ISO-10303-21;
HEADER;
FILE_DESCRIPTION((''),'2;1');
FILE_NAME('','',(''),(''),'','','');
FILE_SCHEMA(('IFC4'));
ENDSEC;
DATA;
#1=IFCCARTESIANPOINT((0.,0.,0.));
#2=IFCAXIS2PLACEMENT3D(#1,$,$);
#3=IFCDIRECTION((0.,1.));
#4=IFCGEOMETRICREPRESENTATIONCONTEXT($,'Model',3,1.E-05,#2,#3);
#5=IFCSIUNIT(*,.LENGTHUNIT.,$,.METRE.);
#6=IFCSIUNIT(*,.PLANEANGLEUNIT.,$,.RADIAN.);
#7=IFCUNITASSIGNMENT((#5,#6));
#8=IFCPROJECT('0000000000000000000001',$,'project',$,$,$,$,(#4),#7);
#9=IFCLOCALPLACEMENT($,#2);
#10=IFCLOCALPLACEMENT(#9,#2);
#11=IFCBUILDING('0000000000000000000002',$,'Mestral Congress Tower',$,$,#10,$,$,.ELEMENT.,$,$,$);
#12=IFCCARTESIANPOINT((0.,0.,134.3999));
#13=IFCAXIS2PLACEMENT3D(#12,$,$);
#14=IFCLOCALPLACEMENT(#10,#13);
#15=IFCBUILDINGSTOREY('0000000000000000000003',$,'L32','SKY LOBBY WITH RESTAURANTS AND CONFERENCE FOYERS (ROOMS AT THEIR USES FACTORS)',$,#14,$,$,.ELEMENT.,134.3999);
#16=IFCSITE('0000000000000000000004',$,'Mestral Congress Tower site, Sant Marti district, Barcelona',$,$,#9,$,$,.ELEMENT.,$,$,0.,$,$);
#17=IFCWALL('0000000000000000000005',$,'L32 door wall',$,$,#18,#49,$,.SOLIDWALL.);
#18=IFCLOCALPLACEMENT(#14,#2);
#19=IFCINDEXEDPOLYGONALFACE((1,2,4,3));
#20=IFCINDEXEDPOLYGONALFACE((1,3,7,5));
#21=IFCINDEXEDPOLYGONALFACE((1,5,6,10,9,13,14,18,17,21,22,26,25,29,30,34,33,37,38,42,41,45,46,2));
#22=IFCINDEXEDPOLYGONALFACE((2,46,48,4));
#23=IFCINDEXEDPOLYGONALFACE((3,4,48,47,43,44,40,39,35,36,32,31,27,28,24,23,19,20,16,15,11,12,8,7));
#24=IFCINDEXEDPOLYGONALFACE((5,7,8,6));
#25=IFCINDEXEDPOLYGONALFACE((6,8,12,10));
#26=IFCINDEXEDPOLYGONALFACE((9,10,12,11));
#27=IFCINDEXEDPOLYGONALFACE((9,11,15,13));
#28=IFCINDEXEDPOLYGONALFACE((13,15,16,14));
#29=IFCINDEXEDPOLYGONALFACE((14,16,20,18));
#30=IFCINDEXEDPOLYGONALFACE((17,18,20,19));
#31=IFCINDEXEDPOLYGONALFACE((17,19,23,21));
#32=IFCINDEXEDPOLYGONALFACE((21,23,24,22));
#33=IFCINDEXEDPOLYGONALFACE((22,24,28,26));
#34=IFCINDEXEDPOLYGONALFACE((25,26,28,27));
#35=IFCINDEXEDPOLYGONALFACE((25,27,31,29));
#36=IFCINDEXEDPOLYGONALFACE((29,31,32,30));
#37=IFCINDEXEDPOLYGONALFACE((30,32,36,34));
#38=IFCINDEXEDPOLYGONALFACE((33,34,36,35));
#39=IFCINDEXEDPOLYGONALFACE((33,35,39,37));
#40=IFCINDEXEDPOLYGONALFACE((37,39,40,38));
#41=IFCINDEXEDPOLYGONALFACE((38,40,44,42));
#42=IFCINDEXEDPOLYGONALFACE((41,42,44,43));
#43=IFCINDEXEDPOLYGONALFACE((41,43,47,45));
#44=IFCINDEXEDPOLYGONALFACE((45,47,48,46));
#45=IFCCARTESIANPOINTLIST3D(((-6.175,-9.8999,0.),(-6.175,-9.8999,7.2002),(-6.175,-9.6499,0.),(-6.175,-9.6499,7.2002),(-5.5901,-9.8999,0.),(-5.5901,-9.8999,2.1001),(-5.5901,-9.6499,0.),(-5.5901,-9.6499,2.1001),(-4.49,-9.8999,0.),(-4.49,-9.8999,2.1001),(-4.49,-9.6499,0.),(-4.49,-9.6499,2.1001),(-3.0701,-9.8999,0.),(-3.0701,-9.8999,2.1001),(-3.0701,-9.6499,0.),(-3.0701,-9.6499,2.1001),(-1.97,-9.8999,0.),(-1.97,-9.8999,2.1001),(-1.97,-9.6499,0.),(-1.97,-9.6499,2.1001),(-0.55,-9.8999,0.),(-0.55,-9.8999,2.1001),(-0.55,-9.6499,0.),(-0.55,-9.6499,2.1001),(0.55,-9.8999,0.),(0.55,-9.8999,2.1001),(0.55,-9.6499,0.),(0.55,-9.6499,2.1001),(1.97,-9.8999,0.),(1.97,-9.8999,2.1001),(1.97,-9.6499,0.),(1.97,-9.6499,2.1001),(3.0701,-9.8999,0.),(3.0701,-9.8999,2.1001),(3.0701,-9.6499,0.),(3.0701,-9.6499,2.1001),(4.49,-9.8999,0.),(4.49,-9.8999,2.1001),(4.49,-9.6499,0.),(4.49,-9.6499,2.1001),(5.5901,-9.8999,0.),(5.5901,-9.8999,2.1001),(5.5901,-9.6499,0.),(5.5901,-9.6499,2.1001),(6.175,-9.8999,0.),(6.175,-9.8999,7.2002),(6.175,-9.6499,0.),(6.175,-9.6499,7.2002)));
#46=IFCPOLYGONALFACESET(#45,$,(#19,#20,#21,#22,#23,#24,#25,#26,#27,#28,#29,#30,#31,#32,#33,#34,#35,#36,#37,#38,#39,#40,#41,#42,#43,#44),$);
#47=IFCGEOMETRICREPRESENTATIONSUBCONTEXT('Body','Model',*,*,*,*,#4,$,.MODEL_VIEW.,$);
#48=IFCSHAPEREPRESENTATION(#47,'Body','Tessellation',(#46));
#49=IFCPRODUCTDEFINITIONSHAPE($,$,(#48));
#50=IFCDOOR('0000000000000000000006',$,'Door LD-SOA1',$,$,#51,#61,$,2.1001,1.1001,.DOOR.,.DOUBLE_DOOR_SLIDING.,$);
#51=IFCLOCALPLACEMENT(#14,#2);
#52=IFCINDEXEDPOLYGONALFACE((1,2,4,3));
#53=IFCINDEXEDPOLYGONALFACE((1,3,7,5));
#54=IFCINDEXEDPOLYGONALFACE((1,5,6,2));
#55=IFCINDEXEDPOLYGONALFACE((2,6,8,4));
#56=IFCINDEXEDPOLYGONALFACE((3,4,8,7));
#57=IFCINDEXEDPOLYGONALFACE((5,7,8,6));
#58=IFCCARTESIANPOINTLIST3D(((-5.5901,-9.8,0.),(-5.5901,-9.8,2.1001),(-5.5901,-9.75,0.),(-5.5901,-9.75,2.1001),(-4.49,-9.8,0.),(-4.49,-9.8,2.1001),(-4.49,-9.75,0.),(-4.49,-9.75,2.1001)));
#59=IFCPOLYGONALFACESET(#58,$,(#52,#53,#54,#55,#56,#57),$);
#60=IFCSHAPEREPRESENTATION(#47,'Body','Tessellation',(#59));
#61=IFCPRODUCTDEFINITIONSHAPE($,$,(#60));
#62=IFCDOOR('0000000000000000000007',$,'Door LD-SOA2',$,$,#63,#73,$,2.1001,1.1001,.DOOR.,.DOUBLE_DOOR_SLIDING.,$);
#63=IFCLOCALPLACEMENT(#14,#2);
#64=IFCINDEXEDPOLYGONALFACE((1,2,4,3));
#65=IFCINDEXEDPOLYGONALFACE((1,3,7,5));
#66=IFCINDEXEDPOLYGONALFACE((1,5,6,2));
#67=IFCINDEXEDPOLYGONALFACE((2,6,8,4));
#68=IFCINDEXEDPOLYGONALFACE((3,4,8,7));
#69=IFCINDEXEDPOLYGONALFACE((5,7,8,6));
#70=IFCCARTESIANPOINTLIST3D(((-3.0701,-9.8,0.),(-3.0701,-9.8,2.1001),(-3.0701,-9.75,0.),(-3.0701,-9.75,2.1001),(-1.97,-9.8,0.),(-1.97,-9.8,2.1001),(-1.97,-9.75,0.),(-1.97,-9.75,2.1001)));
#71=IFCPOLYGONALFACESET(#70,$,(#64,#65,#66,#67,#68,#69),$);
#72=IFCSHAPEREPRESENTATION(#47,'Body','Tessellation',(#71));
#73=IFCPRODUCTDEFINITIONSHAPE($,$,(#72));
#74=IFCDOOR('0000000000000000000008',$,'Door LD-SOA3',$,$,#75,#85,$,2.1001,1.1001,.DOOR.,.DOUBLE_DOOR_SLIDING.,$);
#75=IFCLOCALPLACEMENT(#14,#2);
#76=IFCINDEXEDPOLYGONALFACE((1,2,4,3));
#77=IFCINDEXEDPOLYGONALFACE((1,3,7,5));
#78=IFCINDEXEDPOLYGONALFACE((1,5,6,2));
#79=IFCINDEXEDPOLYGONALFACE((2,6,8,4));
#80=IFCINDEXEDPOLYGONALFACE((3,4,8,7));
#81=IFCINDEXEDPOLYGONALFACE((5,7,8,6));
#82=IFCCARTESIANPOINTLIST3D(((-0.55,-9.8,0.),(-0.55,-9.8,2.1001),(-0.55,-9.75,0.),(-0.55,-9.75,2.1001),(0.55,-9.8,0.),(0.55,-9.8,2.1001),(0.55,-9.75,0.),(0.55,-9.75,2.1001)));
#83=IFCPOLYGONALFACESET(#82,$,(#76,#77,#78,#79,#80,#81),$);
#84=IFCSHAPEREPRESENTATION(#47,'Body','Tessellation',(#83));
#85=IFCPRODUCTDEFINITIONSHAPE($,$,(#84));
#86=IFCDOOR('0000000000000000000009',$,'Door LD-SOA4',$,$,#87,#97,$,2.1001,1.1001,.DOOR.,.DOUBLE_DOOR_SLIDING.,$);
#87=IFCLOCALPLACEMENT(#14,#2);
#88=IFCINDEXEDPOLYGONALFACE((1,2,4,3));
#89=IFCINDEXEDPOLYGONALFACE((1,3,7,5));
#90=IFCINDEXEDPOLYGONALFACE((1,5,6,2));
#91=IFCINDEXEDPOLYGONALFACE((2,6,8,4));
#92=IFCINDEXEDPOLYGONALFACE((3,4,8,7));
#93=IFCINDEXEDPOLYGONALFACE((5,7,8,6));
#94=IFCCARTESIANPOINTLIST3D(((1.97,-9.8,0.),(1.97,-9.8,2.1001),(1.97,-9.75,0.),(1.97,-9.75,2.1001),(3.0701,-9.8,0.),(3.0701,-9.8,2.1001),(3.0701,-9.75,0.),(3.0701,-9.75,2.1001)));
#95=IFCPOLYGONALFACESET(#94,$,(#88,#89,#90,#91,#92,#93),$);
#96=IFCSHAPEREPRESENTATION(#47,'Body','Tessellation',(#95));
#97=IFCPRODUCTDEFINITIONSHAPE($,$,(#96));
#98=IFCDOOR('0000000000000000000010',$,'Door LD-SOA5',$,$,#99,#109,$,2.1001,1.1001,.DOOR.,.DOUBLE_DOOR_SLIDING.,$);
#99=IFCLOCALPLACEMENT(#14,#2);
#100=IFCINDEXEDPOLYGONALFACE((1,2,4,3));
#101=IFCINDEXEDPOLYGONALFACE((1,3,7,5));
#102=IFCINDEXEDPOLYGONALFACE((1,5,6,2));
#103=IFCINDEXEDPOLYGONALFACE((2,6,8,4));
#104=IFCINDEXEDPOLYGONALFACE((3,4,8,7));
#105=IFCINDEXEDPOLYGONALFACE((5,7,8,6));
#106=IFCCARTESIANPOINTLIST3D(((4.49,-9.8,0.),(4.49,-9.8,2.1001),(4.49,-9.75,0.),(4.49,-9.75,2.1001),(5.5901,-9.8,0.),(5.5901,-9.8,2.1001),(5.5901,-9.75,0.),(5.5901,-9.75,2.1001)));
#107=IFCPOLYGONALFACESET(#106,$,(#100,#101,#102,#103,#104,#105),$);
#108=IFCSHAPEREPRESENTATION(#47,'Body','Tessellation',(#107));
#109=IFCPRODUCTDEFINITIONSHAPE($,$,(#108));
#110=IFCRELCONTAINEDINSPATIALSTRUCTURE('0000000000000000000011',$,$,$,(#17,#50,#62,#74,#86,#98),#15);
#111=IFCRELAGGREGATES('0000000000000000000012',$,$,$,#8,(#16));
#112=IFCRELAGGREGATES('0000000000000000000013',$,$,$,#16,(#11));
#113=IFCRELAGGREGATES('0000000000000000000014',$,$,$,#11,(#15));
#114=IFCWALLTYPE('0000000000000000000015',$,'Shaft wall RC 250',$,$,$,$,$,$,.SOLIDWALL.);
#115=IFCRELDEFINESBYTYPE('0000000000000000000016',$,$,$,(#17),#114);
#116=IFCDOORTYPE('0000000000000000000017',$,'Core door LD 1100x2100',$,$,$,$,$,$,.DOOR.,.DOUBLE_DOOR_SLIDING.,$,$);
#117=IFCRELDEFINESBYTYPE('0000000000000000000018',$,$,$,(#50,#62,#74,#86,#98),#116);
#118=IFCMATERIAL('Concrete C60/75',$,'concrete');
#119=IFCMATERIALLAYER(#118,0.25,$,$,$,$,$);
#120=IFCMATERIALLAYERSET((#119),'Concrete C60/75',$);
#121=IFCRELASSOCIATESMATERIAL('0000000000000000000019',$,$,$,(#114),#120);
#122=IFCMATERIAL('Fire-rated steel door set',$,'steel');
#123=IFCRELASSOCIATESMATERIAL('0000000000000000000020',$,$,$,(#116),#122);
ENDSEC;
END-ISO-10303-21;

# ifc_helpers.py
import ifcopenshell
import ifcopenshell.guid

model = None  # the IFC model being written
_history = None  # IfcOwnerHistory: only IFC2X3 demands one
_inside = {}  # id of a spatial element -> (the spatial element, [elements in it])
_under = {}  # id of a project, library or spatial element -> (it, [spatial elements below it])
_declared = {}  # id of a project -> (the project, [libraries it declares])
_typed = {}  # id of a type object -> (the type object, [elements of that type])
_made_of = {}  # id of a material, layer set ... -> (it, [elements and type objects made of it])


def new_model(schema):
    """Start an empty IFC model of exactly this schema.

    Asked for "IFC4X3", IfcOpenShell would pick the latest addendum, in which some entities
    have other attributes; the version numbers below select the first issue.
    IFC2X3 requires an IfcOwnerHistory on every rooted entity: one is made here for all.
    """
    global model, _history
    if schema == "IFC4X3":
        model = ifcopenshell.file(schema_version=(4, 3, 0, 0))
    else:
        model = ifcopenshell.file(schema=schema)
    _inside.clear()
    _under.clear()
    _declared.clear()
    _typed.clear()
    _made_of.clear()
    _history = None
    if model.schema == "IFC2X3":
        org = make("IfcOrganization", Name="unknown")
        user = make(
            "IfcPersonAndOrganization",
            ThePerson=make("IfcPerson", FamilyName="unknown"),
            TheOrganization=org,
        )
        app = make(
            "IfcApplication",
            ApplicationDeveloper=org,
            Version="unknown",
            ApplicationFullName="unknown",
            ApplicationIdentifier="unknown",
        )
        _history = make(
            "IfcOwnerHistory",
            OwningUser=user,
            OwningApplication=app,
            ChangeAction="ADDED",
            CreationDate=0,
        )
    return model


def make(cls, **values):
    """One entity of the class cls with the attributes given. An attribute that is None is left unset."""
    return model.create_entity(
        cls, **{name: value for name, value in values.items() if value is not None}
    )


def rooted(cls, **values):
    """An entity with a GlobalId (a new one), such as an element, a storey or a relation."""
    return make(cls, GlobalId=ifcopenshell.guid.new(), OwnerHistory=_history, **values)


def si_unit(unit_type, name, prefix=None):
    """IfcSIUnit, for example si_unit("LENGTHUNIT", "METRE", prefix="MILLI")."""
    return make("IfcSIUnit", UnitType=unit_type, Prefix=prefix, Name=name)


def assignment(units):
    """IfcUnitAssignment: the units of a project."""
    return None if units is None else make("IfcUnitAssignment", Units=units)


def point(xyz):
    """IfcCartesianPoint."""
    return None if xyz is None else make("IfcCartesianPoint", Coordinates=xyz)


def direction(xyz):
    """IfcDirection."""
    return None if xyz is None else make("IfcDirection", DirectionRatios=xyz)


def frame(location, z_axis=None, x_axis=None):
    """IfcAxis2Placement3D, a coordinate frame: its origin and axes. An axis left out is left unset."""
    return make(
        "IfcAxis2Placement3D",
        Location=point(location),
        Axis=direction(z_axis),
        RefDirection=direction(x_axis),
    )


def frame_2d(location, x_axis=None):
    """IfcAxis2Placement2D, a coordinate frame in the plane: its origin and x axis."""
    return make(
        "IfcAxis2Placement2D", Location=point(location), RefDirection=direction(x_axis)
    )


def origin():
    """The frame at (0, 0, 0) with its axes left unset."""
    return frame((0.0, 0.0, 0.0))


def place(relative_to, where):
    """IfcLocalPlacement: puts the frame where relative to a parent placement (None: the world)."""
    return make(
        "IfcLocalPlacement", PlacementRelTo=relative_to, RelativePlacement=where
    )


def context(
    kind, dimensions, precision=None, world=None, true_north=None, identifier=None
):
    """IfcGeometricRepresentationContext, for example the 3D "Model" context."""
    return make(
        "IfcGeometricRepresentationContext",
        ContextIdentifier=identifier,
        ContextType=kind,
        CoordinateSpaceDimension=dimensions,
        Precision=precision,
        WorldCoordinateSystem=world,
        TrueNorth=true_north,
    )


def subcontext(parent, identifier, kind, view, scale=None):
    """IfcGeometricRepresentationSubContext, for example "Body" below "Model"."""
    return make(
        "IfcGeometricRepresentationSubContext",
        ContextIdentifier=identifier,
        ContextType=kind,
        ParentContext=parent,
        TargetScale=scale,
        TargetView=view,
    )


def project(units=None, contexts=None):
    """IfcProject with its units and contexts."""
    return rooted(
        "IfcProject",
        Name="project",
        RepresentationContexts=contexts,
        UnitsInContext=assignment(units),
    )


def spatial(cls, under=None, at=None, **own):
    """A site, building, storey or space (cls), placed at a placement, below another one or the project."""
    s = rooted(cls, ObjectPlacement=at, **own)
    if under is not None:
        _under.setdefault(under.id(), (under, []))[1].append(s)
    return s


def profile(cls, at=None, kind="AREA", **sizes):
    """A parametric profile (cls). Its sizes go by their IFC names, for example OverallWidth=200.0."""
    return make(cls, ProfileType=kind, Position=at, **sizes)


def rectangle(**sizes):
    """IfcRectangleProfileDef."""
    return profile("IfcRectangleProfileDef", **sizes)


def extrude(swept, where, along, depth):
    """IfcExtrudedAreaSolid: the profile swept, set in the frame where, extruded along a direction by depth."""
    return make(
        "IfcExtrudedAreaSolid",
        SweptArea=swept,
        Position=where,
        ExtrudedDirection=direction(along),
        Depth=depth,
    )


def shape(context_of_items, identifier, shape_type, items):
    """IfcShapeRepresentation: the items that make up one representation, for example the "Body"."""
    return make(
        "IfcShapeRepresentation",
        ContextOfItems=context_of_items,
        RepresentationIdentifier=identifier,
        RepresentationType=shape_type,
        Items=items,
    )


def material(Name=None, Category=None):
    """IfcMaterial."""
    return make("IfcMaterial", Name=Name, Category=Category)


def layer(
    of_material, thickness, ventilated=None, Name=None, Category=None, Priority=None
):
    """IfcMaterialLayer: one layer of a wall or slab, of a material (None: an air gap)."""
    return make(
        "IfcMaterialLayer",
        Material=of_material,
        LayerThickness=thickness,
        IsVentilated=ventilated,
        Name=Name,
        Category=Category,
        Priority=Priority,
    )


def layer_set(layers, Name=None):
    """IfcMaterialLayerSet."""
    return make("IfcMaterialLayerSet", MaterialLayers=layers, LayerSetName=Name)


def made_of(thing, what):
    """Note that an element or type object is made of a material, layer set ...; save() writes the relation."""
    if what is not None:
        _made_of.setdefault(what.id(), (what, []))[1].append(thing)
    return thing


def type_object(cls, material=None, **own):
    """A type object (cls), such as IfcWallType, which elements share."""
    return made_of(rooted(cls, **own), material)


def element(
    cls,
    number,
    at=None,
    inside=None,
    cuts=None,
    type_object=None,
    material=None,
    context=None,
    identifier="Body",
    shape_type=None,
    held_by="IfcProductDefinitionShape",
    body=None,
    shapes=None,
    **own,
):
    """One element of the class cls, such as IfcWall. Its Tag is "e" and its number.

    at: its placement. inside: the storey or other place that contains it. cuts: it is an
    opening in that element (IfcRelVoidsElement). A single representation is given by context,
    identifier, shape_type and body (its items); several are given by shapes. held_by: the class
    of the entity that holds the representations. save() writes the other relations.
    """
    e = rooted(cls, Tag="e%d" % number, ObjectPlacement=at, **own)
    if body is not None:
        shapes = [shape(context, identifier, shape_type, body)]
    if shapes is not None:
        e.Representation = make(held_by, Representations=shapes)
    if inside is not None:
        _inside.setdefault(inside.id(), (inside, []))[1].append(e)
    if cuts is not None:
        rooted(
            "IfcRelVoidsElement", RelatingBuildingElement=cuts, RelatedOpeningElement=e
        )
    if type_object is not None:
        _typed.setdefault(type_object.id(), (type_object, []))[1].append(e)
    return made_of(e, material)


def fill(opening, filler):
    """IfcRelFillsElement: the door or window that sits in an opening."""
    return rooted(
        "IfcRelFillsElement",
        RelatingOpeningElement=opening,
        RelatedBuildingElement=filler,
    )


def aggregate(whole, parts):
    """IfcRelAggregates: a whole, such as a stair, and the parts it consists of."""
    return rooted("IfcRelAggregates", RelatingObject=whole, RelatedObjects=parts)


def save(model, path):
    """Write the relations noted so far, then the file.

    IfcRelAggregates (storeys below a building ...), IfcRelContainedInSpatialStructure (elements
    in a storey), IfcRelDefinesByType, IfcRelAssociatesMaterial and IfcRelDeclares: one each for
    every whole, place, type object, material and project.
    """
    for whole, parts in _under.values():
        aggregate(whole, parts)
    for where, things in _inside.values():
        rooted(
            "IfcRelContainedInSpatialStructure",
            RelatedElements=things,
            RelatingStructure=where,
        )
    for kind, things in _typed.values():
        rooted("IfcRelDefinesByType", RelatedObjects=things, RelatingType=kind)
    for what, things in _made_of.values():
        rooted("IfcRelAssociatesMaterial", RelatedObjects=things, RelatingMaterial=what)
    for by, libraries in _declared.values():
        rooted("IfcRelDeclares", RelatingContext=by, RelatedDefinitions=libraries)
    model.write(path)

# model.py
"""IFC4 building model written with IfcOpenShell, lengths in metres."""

from ifc_helpers import new_model, si_unit, direction, frame, frame_2d, origin, place, context, subcontext, project, spatial, rectangle, extrude, material, layer, layer_set, type_object, element, fill, save


model = new_model("IFC4")

# Units and contexts
model_context = context("Model", 3, precision=1e-05, world=origin(), true_north=direction((0.0, 1.0)))
body_context = subcontext(model_context, "Body", "Model", "MODEL_VIEW")
ifc_project = project(units=[si_unit("LENGTHUNIT", "METRE"), si_unit("PLANEANGLEUNIT", "RADIAN")], contexts=[model_context])

# Site, building, storey
site_placement = place(None, origin())
site = spatial("IfcSite", under=ifc_project, at=site_placement, Name="Mestral Congress Tower site, Sant Marti district, Barcelona", CompositionType="ELEMENT", RefElevation=0.0)
building_placement = place(site_placement, origin())
building = spatial("IfcBuilding", under=site, at=building_placement, Name="Mestral Congress Tower", CompositionType="ELEMENT")
storey_placement = place(building_placement, frame((0.0, 0.0, 134.3999)))
storey = spatial("IfcBuildingStorey", under=building, at=storey_placement, Name="L32", Description="SKY LOBBY WITH RESTAURANTS AND CONFERENCE FOYERS (ROOMS AT THEIR USES FACTORS)", CompositionType="ELEMENT", Elevation=134.3999)

# Shared definitions
ifc_material_1 = material(Name="Concrete C60/75", Category="concrete")
ifc_layer_1 = layer(ifc_material_1, 0.25)
ifc_layer_set_1 = layer_set([ifc_layer_1], Name="Concrete C60/75")
wall_type_1 = type_object("IfcWallType", Name="Shaft wall RC 250", PredefinedType="SOLIDWALL", material=ifc_layer_set_1)

# Wall, openings, doors
wall_1_placement = place(storey_placement, frame((-6.175, -9.7749, 0.0), z_axis=(0.0, 0.0, 1.0), x_axis=(1.0, 0.0, 0.0)))
wall_1 = element("IfcWall", 1, at=wall_1_placement, inside=storey, type_object=wall_type_1, Name="L32 door wall", PredefinedType="SOLIDWALL", context=body_context, shape_type="SweptSolid", body=[
    extrude(rectangle(XDim=12.3501, YDim=0.25, at=frame_2d((6.175, 0.0))), origin(), (0.0, 0.0, 1.0), 7.2002),
])
opening_1_placement = place(wall_1_placement, frame((0.585, 0.0, 0.0)))
opening_1 = element("IfcOpeningElement", 2, at=opening_1_placement, cuts=wall_1, PredefinedType="OPENING", context=body_context, shape_type="SweptSolid", body=[
    extrude(rectangle(XDim=1.1001, YDim=2.1001, at=frame_2d((0.55, 1.05))), frame((0.0, 0.135, 0.0), z_axis=(0.0, -1.0, 0.0), x_axis=(1.0, 0.0, 0.0)), (0.0, 0.0, 1.0), 0.27),
])
opening_2_placement = place(wall_1_placement, frame((3.105, 0.0, 0.0)))
opening_2 = element("IfcOpeningElement", 3, at=opening_2_placement, cuts=wall_1, PredefinedType="OPENING", context=body_context, shape_type="SweptSolid", body=[
    extrude(rectangle(XDim=1.1001, YDim=2.1001, at=frame_2d((0.55, 1.05))), frame((0.0, 0.135, 0.0), z_axis=(0.0, -1.0, 0.0), x_axis=(1.0, 0.0, 0.0)), (0.0, 0.0, 1.0), 0.27),
])
opening_3_placement = place(wall_1_placement, frame((5.625, 0.0, 0.0)))
opening_3 = element("IfcOpeningElement", 4, at=opening_3_placement, cuts=wall_1, PredefinedType="OPENING", context=body_context, shape_type="SweptSolid", body=[
    extrude(rectangle(XDim=1.1001, YDim=2.1001, at=frame_2d((0.55, 1.05))), frame((0.0, 0.135, 0.0), z_axis=(0.0, -1.0, 0.0), x_axis=(1.0, 0.0, 0.0)), (0.0, 0.0, 1.0), 0.27),
])
opening_4_placement = place(wall_1_placement, frame((8.145, 0.0, 0.0)))
opening_4 = element("IfcOpeningElement", 5, at=opening_4_placement, cuts=wall_1, PredefinedType="OPENING", context=body_context, shape_type="SweptSolid", body=[
    extrude(rectangle(XDim=1.1001, YDim=2.1001, at=frame_2d((0.55, 1.05))), frame((0.0, 0.135, 0.0), z_axis=(0.0, -1.0, 0.0), x_axis=(1.0, 0.0, 0.0)), (0.0, 0.0, 1.0), 0.27),
])
opening_5_placement = place(wall_1_placement, frame((10.665, 0.0, 0.0)))
opening_5 = element("IfcOpeningElement", 6, at=opening_5_placement, cuts=wall_1, PredefinedType="OPENING", context=body_context, shape_type="SweptSolid", body=[
    extrude(rectangle(XDim=1.1001, YDim=2.1001, at=frame_2d((0.55, 1.05))), frame((0.0, 0.135, 0.0), z_axis=(0.0, -1.0, 0.0), x_axis=(1.0, 0.0, 0.0)), (0.0, 0.0, 1.0), 0.27),
])
ifc_material_2 = material(Name="Fire-rated steel door set", Category="steel")
door_type_1 = type_object("IfcDoorType", Name="Core door LD 1100x2100", OperationType="DOUBLE_DOOR_SLIDING", PredefinedType="DOOR", material=ifc_material_2)
door_1_placement = place(opening_1_placement, origin())
door_1 = element("IfcDoor", 7, at=door_1_placement, inside=storey, type_object=door_type_1, Name="Door LD-SOA1", OperationType="DOUBLE_DOOR_SLIDING", OverallHeight=2.1001, OverallWidth=1.1001, PredefinedType="DOOR", context=body_context, shape_type="SweptSolid", body=[
    extrude(rectangle(XDim=1.1001, YDim=2.1001, at=frame_2d((0.55, 1.05))), frame((0.0, 0.0249, 0.0), z_axis=(0.0, -1.0, 0.0), x_axis=(1.0, 0.0, 0.0)), (0.0, 0.0, 1.0), 0.05),
])
fill(opening_1, door_1)
door_2_placement = place(opening_2_placement, origin())
door_2 = element("IfcDoor", 8, at=door_2_placement, inside=storey, type_object=door_type_1, Name="Door LD-SOA2", OperationType="DOUBLE_DOOR_SLIDING", OverallHeight=2.1001, OverallWidth=1.1001, PredefinedType="DOOR", context=body_context, shape_type="SweptSolid", body=[
    extrude(rectangle(XDim=1.1001, YDim=2.1001, at=frame_2d((0.55, 1.05))), frame((0.0, 0.0249, 0.0), z_axis=(0.0, -1.0, 0.0), x_axis=(1.0, 0.0, 0.0)), (0.0, 0.0, 1.0), 0.05),
])
fill(opening_2, door_2)
door_3_placement = place(opening_3_placement, origin())
door_3 = element("IfcDoor", 9, at=door_3_placement, inside=storey, type_object=door_type_1, Name="Door LD-SOA3", OperationType="DOUBLE_DOOR_SLIDING", OverallHeight=2.1001, OverallWidth=1.1001, PredefinedType="DOOR", context=body_context, shape_type="SweptSolid", body=[
    extrude(rectangle(XDim=1.1001, YDim=2.1001, at=frame_2d((0.55, 1.05))), frame((0.0, 0.0249, 0.0), z_axis=(0.0, -1.0, 0.0), x_axis=(1.0, 0.0, 0.0)), (0.0, 0.0, 1.0), 0.05),
])
fill(opening_3, door_3)
door_4_placement = place(opening_4_placement, origin())
door_4 = element("IfcDoor", 10, at=door_4_placement, inside=storey, type_object=door_type_1, Name="Door LD-SOA4", OperationType="DOUBLE_DOOR_SLIDING", OverallHeight=2.1001, OverallWidth=1.1001, PredefinedType="DOOR", context=body_context, shape_type="SweptSolid", body=[
    extrude(rectangle(XDim=1.1001, YDim=2.1001, at=frame_2d((0.55, 1.05))), frame((0.0, 0.0249, 0.0), z_axis=(0.0, -1.0, 0.0), x_axis=(1.0, 0.0, 0.0)), (0.0, 0.0, 1.0), 0.05),
])
fill(opening_4, door_4)
door_5_placement = place(opening_5_placement, origin())
door_5 = element("IfcDoor", 11, at=door_5_placement, inside=storey, type_object=door_type_1, Name="Door LD-SOA5", OperationType="DOUBLE_DOOR_SLIDING", OverallHeight=2.1001, OverallWidth=1.1001, PredefinedType="DOOR", context=body_context, shape_type="SweptSolid", body=[
    extrude(rectangle(XDim=1.1001, YDim=2.1001, at=frame_2d((0.55, 1.05))), frame((0.0, 0.0249, 0.0), z_axis=(0.0, -1.0, 0.0), x_axis=(1.0, 0.0, 0.0)), (0.0, 0.0, 1.0), 0.05),
])
fill(opening_5, door_5)

save(model, "model.ifc")
